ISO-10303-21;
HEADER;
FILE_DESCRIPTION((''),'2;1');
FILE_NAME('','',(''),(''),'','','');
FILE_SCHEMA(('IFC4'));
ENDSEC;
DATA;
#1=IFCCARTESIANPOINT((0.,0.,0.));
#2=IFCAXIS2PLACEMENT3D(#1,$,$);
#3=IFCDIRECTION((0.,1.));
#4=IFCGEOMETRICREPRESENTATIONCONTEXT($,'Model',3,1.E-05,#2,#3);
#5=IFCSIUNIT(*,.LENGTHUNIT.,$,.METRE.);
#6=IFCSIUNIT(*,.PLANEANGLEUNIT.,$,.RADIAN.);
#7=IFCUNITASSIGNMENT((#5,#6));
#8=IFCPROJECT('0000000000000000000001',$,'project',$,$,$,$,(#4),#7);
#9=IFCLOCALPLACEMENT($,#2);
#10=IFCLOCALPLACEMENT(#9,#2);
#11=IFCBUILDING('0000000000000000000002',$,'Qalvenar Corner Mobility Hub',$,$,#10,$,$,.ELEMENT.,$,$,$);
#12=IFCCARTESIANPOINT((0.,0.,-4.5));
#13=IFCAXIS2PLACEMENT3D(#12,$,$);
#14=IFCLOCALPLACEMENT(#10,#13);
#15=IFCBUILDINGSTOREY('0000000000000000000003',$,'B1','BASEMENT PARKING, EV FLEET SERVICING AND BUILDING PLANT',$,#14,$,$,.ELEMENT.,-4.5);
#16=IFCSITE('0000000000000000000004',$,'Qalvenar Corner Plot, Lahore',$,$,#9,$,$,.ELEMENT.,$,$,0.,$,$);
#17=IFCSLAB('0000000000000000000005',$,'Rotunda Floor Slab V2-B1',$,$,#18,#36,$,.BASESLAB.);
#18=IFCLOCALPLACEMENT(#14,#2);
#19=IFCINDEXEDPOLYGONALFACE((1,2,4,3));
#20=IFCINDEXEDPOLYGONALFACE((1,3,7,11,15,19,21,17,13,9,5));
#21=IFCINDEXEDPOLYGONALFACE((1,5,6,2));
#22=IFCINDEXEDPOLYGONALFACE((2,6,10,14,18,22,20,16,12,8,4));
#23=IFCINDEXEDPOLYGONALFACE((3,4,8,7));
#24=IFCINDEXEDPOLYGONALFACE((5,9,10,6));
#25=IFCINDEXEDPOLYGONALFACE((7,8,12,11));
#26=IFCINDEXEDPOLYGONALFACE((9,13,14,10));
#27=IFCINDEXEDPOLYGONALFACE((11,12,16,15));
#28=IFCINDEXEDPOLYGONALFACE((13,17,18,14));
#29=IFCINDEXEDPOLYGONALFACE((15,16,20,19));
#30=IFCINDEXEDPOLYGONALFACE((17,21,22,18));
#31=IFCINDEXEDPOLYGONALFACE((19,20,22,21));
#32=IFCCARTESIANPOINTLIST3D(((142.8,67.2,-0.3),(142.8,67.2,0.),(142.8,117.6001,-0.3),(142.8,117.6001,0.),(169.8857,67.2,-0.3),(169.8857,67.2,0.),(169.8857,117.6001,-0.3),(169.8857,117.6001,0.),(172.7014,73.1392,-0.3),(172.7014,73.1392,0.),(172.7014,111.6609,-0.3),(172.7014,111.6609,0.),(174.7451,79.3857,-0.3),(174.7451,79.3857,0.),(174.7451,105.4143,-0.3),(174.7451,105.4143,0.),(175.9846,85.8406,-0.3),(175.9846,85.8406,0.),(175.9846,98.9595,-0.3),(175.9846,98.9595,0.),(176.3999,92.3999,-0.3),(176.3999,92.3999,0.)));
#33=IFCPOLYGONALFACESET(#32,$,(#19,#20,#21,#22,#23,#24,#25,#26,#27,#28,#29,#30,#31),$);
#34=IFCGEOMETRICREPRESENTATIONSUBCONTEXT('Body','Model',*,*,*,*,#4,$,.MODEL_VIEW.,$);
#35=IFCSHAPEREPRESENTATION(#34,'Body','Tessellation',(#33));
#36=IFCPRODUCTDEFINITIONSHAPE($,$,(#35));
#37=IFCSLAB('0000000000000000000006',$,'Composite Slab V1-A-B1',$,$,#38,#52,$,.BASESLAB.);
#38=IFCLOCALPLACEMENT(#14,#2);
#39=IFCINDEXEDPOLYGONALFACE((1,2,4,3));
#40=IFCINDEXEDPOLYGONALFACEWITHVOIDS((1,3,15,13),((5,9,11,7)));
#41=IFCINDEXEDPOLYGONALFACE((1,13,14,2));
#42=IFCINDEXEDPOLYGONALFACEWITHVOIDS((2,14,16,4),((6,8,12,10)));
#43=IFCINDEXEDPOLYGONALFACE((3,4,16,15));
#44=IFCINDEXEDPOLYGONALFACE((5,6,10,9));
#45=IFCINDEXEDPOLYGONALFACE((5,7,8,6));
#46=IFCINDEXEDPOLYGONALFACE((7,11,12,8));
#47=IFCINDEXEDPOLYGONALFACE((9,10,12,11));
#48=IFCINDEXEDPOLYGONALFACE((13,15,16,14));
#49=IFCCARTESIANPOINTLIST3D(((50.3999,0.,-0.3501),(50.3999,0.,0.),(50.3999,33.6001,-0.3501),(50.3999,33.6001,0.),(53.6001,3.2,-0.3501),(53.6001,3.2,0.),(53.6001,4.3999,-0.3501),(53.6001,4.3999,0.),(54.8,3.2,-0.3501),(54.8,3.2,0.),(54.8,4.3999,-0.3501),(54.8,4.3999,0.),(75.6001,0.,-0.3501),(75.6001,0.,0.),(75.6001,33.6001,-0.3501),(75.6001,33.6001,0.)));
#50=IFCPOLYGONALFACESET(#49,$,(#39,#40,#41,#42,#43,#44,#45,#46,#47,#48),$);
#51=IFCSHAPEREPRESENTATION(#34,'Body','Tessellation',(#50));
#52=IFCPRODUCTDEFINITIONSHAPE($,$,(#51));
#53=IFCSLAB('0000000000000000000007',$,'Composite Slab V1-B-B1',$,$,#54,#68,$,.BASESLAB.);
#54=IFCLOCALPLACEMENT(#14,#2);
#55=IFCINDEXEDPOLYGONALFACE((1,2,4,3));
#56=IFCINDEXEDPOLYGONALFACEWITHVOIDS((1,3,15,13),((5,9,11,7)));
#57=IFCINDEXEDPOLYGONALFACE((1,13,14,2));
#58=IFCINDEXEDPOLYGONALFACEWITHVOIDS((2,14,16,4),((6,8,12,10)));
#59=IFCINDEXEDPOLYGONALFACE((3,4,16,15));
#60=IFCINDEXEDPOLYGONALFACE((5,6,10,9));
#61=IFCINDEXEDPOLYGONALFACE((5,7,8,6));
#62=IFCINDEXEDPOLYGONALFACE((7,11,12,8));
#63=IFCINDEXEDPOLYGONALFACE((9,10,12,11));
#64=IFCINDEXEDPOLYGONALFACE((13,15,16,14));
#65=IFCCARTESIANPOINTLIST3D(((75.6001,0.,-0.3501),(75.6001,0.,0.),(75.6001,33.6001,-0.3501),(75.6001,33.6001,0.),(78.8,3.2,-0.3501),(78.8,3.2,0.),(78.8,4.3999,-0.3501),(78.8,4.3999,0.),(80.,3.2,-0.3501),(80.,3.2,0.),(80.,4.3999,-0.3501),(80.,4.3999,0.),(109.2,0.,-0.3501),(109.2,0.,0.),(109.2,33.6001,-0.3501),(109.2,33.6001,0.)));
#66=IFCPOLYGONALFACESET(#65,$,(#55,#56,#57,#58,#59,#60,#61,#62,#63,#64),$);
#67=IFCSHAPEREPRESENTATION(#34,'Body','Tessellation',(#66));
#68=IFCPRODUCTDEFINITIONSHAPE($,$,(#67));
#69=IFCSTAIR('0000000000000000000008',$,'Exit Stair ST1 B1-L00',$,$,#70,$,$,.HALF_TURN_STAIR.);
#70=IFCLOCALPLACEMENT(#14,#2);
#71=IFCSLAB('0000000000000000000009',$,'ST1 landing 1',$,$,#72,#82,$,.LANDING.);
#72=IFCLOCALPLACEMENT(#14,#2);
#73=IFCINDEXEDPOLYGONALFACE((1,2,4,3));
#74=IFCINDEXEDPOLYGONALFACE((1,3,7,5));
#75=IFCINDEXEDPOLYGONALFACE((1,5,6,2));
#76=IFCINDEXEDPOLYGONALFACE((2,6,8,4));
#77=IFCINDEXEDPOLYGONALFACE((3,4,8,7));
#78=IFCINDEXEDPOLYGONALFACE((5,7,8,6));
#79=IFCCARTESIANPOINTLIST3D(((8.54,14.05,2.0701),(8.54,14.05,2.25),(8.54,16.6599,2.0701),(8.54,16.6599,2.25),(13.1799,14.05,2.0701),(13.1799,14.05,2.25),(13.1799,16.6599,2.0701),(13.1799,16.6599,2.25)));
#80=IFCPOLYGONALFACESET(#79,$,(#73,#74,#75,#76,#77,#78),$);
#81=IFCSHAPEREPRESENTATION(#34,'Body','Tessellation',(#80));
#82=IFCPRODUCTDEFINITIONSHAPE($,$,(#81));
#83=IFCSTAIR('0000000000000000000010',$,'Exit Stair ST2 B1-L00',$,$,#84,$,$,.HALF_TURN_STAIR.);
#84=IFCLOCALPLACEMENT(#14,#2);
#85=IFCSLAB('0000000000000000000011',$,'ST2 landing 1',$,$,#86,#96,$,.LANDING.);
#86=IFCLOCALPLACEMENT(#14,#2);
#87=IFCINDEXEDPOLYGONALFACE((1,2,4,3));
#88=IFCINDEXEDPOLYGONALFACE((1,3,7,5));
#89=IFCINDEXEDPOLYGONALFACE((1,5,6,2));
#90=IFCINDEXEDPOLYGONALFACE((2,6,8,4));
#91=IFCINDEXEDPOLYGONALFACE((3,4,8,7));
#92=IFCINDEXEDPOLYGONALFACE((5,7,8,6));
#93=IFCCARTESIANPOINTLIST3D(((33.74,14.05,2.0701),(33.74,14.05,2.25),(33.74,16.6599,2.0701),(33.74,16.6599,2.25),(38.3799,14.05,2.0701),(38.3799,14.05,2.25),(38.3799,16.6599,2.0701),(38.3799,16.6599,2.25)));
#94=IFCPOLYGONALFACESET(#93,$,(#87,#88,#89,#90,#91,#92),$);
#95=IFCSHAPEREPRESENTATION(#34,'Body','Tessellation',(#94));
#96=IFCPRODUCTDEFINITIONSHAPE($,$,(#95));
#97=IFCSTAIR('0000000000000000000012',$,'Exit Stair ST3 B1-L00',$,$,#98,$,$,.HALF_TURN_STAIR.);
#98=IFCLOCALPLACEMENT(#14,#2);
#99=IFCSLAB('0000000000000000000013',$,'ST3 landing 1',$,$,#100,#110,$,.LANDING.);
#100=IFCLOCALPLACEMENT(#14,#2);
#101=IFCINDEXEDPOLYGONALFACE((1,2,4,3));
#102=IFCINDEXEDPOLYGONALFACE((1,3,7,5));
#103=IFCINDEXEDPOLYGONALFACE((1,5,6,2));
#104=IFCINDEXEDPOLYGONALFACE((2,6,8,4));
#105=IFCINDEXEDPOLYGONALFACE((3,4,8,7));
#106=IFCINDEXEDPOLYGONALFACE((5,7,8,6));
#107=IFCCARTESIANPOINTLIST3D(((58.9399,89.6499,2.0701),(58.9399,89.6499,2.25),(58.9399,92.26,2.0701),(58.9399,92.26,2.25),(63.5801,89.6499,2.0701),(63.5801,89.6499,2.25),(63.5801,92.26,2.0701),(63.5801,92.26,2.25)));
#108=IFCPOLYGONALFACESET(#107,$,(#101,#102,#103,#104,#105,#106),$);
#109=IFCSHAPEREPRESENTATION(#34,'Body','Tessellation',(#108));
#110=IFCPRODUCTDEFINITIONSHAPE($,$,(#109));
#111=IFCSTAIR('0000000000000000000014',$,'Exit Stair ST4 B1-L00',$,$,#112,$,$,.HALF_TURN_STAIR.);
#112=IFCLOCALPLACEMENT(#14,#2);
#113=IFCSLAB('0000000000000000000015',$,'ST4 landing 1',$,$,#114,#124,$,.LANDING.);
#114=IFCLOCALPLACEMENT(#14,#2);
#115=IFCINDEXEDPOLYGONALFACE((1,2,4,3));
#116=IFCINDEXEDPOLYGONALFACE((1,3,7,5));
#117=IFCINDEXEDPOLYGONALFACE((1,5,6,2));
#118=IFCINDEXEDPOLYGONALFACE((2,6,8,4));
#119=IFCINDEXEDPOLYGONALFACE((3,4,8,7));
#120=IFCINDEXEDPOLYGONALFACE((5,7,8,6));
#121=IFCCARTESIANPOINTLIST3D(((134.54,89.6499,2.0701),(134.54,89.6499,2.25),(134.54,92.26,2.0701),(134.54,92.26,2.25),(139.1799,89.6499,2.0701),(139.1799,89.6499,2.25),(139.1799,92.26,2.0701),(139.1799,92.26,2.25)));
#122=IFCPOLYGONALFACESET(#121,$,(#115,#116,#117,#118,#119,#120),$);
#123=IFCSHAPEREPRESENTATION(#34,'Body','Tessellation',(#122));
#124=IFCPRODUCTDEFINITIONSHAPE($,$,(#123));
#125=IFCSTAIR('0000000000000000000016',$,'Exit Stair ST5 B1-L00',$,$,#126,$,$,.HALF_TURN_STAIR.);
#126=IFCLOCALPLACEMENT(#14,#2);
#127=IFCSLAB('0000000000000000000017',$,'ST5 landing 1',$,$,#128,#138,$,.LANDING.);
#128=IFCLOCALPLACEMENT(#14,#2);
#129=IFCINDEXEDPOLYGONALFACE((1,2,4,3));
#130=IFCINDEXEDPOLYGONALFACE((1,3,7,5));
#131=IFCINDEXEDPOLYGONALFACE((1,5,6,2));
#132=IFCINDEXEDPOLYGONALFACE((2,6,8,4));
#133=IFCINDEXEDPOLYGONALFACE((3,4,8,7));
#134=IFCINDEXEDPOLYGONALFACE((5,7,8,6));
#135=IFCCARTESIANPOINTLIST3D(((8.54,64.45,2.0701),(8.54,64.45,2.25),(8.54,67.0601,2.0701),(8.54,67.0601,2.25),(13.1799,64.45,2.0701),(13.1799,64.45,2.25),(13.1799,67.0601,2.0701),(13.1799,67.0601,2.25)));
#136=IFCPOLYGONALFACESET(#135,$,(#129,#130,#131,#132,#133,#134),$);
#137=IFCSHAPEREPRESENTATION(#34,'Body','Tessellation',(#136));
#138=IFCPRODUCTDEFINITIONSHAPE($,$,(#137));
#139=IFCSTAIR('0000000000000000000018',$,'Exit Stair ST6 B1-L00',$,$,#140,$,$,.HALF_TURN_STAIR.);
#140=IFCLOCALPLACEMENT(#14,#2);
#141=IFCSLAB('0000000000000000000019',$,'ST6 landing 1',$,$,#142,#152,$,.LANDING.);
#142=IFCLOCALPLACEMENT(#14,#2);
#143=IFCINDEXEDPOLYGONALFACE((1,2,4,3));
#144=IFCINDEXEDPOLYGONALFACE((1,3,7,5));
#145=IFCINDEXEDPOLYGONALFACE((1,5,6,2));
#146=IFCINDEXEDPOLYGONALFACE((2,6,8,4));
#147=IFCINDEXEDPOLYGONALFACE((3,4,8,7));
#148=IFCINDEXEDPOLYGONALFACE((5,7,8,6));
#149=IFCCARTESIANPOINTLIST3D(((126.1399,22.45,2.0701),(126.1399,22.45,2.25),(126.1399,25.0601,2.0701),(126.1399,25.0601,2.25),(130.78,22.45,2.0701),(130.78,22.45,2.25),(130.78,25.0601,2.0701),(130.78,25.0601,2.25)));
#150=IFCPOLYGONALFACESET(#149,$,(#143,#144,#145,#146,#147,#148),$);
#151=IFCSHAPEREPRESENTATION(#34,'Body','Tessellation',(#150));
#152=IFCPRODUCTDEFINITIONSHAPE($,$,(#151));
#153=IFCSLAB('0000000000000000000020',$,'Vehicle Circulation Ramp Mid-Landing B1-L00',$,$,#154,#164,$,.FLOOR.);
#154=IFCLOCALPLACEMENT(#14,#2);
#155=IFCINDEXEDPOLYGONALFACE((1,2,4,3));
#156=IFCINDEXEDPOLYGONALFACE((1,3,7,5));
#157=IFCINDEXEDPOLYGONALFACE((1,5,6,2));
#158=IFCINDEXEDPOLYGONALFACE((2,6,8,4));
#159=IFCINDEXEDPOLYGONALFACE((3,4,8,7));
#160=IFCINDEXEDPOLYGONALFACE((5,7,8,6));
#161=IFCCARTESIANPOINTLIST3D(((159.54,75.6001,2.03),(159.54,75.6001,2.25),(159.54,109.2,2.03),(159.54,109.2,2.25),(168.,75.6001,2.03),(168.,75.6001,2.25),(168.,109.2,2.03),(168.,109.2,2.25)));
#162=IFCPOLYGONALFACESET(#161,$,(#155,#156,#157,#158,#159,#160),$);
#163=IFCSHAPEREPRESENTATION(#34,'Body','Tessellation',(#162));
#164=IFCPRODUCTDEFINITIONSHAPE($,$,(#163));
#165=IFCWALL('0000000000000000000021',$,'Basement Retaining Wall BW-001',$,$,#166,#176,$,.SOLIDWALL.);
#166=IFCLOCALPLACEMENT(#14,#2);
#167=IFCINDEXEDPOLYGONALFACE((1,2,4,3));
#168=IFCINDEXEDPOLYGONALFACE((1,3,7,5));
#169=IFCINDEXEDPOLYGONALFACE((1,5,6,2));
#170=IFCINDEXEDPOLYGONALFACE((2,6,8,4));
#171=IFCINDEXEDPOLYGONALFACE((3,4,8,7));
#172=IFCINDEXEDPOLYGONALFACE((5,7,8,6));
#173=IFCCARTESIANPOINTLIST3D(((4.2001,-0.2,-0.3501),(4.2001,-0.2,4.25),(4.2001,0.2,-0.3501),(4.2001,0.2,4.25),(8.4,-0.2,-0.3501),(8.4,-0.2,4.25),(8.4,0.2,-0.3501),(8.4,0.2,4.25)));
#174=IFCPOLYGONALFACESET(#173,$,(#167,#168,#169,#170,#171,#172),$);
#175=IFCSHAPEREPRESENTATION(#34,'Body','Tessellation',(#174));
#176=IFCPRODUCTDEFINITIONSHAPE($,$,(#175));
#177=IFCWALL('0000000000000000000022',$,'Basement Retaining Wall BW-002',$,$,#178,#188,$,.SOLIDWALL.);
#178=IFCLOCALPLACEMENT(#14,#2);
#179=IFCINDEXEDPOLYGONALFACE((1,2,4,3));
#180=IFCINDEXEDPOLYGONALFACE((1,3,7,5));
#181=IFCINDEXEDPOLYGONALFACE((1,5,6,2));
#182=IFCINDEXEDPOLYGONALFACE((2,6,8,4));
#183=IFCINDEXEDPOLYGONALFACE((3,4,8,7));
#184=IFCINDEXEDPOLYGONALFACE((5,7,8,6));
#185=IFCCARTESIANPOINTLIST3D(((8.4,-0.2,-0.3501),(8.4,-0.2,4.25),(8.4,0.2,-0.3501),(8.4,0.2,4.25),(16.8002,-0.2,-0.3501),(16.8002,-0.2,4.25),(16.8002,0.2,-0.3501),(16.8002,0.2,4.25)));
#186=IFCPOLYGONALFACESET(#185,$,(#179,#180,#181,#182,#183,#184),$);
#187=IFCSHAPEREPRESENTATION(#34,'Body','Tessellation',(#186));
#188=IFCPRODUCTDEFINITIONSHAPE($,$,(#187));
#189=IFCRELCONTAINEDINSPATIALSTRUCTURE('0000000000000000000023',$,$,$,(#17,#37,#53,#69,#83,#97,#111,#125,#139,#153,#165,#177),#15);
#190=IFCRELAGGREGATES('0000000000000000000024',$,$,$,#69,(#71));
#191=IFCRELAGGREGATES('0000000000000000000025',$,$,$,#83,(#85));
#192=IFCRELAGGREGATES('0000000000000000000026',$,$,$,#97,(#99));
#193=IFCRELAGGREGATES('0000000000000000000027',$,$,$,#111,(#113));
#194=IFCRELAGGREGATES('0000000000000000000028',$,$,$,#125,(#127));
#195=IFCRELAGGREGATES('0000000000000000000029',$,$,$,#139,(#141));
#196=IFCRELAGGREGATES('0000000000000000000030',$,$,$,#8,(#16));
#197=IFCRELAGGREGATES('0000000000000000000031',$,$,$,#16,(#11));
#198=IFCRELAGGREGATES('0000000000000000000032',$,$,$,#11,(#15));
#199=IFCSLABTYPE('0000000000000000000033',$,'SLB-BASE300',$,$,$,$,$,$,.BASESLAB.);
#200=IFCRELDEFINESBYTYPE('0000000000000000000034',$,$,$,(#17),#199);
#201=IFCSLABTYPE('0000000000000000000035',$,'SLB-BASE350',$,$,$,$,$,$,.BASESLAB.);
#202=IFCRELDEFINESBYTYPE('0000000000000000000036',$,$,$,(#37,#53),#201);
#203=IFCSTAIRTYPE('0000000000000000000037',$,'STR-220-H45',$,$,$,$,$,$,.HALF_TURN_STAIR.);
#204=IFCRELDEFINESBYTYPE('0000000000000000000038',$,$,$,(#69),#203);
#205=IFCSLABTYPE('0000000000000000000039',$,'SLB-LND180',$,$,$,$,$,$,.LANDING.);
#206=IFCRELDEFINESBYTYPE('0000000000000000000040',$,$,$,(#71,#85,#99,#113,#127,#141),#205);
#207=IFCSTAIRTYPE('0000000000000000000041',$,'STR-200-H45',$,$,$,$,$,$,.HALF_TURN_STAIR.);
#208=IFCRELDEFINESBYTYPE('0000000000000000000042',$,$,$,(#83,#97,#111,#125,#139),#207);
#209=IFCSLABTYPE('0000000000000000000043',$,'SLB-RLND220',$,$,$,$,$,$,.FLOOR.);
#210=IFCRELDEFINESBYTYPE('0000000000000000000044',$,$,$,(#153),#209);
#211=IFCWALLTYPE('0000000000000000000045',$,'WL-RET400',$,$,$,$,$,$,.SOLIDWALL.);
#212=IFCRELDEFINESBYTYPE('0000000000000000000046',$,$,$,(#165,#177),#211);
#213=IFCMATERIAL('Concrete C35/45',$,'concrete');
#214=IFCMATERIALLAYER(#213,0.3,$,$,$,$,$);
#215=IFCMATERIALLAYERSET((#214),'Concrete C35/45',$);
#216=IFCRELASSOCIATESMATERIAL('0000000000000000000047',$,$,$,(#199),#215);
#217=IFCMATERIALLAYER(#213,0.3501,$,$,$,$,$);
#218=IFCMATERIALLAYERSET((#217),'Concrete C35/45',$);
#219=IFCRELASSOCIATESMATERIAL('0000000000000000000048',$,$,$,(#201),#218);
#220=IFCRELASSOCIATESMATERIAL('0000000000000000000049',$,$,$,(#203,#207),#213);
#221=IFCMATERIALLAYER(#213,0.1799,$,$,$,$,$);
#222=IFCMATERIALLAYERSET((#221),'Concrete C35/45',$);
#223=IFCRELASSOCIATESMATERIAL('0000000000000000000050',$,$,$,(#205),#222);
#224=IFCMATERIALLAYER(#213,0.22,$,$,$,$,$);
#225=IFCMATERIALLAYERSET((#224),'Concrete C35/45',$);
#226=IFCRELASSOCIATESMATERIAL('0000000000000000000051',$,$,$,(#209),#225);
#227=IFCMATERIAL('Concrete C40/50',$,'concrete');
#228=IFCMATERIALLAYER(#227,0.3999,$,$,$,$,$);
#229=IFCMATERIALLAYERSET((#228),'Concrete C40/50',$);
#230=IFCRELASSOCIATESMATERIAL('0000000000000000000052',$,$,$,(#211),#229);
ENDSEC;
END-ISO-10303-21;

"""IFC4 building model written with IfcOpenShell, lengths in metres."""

from ifc_helpers import new_model, si_unit, direction, frame, frame_2d, origin, place, context, subcontext, project, spatial, polyline, rectangle, outline, extrude, material, layer, layer_set, type_object, element, aggregate, save


model = new_model("IFC4")

# Units and contexts
model_context = context("Model", 3, precision=1e-05, world=origin(), true_north=direction((0.0, 1.0)))
body_context = subcontext(model_context, "Body", "Model", "MODEL_VIEW")
ifc_project = project(units=[si_unit("LENGTHUNIT", "METRE"), si_unit("PLANEANGLEUNIT", "RADIAN")], contexts=[model_context])

# Site, building, storey
site_placement = place(None, origin())
site = spatial("IfcSite", under=ifc_project, at=site_placement, Name="Qalvenar Corner Plot, Lahore", CompositionType="ELEMENT", RefElevation=0.0)
building_placement = place(site_placement, origin())
building = spatial("IfcBuilding", under=site, at=building_placement, Name="Qalvenar Corner Mobility Hub", CompositionType="ELEMENT")
storey_placement = place(building_placement, frame((0.0, 0.0, -4.5)))
storey = spatial("IfcBuildingStorey", under=building, at=storey_placement, Name="B1", Description="BASEMENT PARKING, EV FLEET SERVICING AND BUILDING PLANT", CompositionType="ELEMENT", Elevation=-4.5)

# Shared definitions
ifc_material_1 = material(Name="Concrete C40/50", Category="concrete")

# Slabs
ifc_material_2 = material(Name="Concrete C35/45", Category="concrete")
ifc_layer_1 = layer(ifc_material_2, 0.3)
ifc_layer_set_1 = layer_set([ifc_layer_1], Name="Concrete C35/45")
slab_type_1 = type_object("IfcSlabType", Name="SLB-BASE300", PredefinedType="BASESLAB", material=ifc_layer_set_1)
slab_1_placement = place(storey_placement, frame((0.0, 0.0, -0.3)))
element("IfcSlab", 1, at=slab_1_placement, inside=storey, type_object=slab_type_1, Name="Rotunda Floor Slab V2-B1", PredefinedType="BASESLAB", context=body_context, shape_type="SweptSolid", body=[
    extrude(outline(polyline([(142.8, 67.2), (169.8857, 67.2), (172.7014, 73.1392), (174.7451, 79.3857), (175.9846, 85.8406), (176.3999, 92.3999), (175.9846, 98.9595), (174.7451, 105.4143), (172.7014, 111.6609), (169.8857, 117.6001), (142.8, 117.6001), (142.8, 67.2)])), origin(), (0.0, 0.0, 1.0), 0.3),
])
ifc_layer_2 = layer(ifc_material_2, 0.3501)
ifc_layer_set_2 = layer_set([ifc_layer_2], Name="Concrete C35/45")
slab_type_2 = type_object("IfcSlabType", Name="SLB-BASE350", PredefinedType="BASESLAB", material=ifc_layer_set_2)
slab_2_placement = place(storey_placement, frame((0.0, 0.0, -0.3501)))
element("IfcSlab", 2, at=slab_2_placement, inside=storey, type_object=slab_type_2, Name="Composite Slab V1-A-B1", PredefinedType="BASESLAB", context=body_context, shape_type="SweptSolid", body=[
    extrude(outline(polyline([(50.3999, 0.0), (75.6001, 0.0), (75.6001, 33.6001), (50.3999, 33.6001), (50.3999, 0.0)]), holes=[polyline([(53.6001, 3.2), (54.8, 3.2), (54.8, 4.3999), (53.6001, 4.3999), (53.6001, 3.2)])]), origin(), (0.0, 0.0, 1.0), 0.3501),
])
slab_3_placement = place(storey_placement, frame((0.0, 0.0, -0.3501)))
element("IfcSlab", 3, at=slab_3_placement, inside=storey, type_object=slab_type_2, Name="Composite Slab V1-B-B1", PredefinedType="BASESLAB", context=body_context, shape_type="SweptSolid", body=[
    extrude(outline(polyline([(75.6001, 0.0), (109.2, 0.0), (109.2, 33.6001), (75.6001, 33.6001), (75.6001, 0.0)]), holes=[polyline([(78.8, 3.2), (80.0, 3.2), (80.0, 4.3999), (78.8, 4.3999), (78.8, 3.2)])]), origin(), (0.0, 0.0, 1.0), 0.3501),
])

# Stairs, slabs
stair_type_1 = type_object("IfcStairType", Name="STR-220-H45", PredefinedType="HALF_TURN_STAIR", material=ifc_material_2)
stair_1_placement = place(storey_placement, origin())
stair_1 = element("IfcStair", 4, at=stair_1_placement, inside=storey, type_object=stair_type_1, Name="Exit Stair ST1 B1-L00", PredefinedType="HALF_TURN_STAIR")
ifc_layer_3 = layer(ifc_material_2, 0.1799)
ifc_layer_set_3 = layer_set([ifc_layer_3], Name="Concrete C35/45")
slab_type_3 = type_object("IfcSlabType", Name="SLB-LND180", PredefinedType="LANDING", material=ifc_layer_set_3)
slab_4_placement = place(storey_placement, frame((0.0, 0.0, 2.0701)))
slab_4 = element("IfcSlab", 5, at=slab_4_placement, type_object=slab_type_3, Name="ST1 landing 1", PredefinedType="LANDING", context=body_context, shape_type="SweptSolid", body=[
    extrude(outline(polyline([(8.54, 14.05), (13.1799, 14.05), (13.1799, 16.6599), (8.54, 16.6599), (8.54, 14.05)])), origin(), (0.0, 0.0, 1.0), 0.1799),
])
aggregate(stair_1, [slab_4])
stair_type_2 = type_object("IfcStairType", Name="STR-200-H45", PredefinedType="HALF_TURN_STAIR", material=ifc_material_2)
stair_2_placement = place(storey_placement, origin())
stair_2 = element("IfcStair", 6, at=stair_2_placement, inside=storey, type_object=stair_type_2, Name="Exit Stair ST2 B1-L00", PredefinedType="HALF_TURN_STAIR")
slab_5_placement = place(storey_placement, frame((0.0, 0.0, 2.0701)))
slab_5 = element("IfcSlab", 7, at=slab_5_placement, type_object=slab_type_3, Name="ST2 landing 1", PredefinedType="LANDING", context=body_context, shape_type="SweptSolid", body=[
    extrude(outline(polyline([(33.74, 14.05), (38.3799, 14.05), (38.3799, 16.6599), (33.74, 16.6599), (33.74, 14.05)])), origin(), (0.0, 0.0, 1.0), 0.1799),
])
aggregate(stair_2, [slab_5])
stair_3_placement = place(storey_placement, origin())
stair_3 = element("IfcStair", 8, at=stair_3_placement, inside=storey, type_object=stair_type_2, Name="Exit Stair ST3 B1-L00", PredefinedType="HALF_TURN_STAIR")
slab_6_placement = place(storey_placement, frame((0.0, 0.0, 2.0701)))
slab_6 = element("IfcSlab", 9, at=slab_6_placement, type_object=slab_type_3, Name="ST3 landing 1", PredefinedType="LANDING", context=body_context, shape_type="SweptSolid", body=[
    extrude(outline(polyline([(58.9399, 89.6499), (63.5801, 89.6499), (63.5801, 92.26), (58.9399, 92.26), (58.9399, 89.6499)])), origin(), (0.0, 0.0, 1.0), 0.1799),
])
aggregate(stair_3, [slab_6])
stair_4_placement = place(storey_placement, origin())
stair_4 = element("IfcStair", 10, at=stair_4_placement, inside=storey, type_object=stair_type_2, Name="Exit Stair ST4 B1-L00", PredefinedType="HALF_TURN_STAIR")
slab_7_placement = place(storey_placement, frame((0.0, 0.0, 2.0701)))
slab_7 = element("IfcSlab", 11, at=slab_7_placement, type_object=slab_type_3, Name="ST4 landing 1", PredefinedType="LANDING", context=body_context, shape_type="SweptSolid", body=[
    extrude(outline(polyline([(134.54, 89.6499), (139.1799, 89.6499), (139.1799, 92.26), (134.54, 92.26), (134.54, 89.6499)])), origin(), (0.0, 0.0, 1.0), 0.1799),
])
aggregate(stair_4, [slab_7])
stair_5_placement = place(storey_placement, origin())
stair_5 = element("IfcStair", 12, at=stair_5_placement, inside=storey, type_object=stair_type_2, Name="Exit Stair ST5 B1-L00", PredefinedType="HALF_TURN_STAIR")
slab_8_placement = place(storey_placement, frame((0.0, 0.0, 2.0701)))
slab_8 = element("IfcSlab", 13, at=slab_8_placement, type_object=slab_type_3, Name="ST5 landing 1", PredefinedType="LANDING", context=body_context, shape_type="SweptSolid", body=[
    extrude(outline(polyline([(8.54, 64.45), (13.1799, 64.45), (13.1799, 67.0601), (8.54, 67.0601), (8.54, 64.45)])), origin(), (0.0, 0.0, 1.0), 0.1799),
])
aggregate(stair_5, [slab_8])
stair_6_placement = place(storey_placement, origin())
stair_6 = element("IfcStair", 14, at=stair_6_placement, inside=storey, type_object=stair_type_2, Name="Exit Stair ST6 B1-L00", PredefinedType="HALF_TURN_STAIR")
slab_9_placement = place(storey_placement, frame((0.0, 0.0, 2.0701)))
slab_9 = element("IfcSlab", 15, at=slab_9_placement, type_object=slab_type_3, Name="ST6 landing 1", PredefinedType="LANDING", context=body_context, shape_type="SweptSolid", body=[
    extrude(outline(polyline([(126.1399, 22.45), (130.78, 22.45), (130.78, 25.0601), (126.1399, 25.0601), (126.1399, 22.45)])), origin(), (0.0, 0.0, 1.0), 0.1799),
])
aggregate(stair_6, [slab_9])

# Slab
ifc_layer_4 = layer(ifc_material_2, 0.22)
ifc_layer_set_4 = layer_set([ifc_layer_4], Name="Concrete C35/45")
slab_type_4 = type_object("IfcSlabType", Name="SLB-RLND220", PredefinedType="FLOOR", material=ifc_layer_set_4)
slab_10_placement = place(storey_placement, frame((0.0, 0.0, 2.03)))
element("IfcSlab", 16, at=slab_10_placement, inside=storey, type_object=slab_type_4, Name="Vehicle Circulation Ramp Mid-Landing B1-L00", PredefinedType="FLOOR", context=body_context, shape_type="SweptSolid", body=[
    extrude(outline(polyline([(159.54, 75.6001), (168.0, 75.6001), (168.0, 109.2), (159.54, 109.2), (159.54, 75.6001)])), origin(), (0.0, 0.0, 1.0), 0.22),
])

# Walls
ifc_layer_5 = layer(ifc_material_1, 0.3999)
ifc_layer_set_5 = layer_set([ifc_layer_5], Name="Concrete C40/50")
wall_type = type_object("IfcWallType", Name="WL-RET400", PredefinedType="SOLIDWALL", material=ifc_layer_set_5)
wall_1_placement = place(storey_placement, frame((4.2, 0.0, -0.3501), z_axis=(0.0, 0.0, 1.0), x_axis=(1.0, 0.0, 0.0)))
element("IfcWall", 17, at=wall_1_placement, inside=storey, type_object=wall_type, Name="Basement Retaining Wall BW-001", PredefinedType="SOLIDWALL", context=body_context, shape_type="SweptSolid", body=[
    extrude(rectangle(XDim=4.2, YDim=0.3999, at=frame_2d((2.1001, 0.0))), origin(), (0.0, 0.0, 1.0), 4.6001),
])
wall_2_placement = place(storey_placement, frame((8.3999, 0.0, -0.3501), z_axis=(0.0, 0.0, 1.0), x_axis=(1.0, 0.0, 0.0)))
element("IfcWall", 18, at=wall_2_placement, inside=storey, type_object=wall_type, Name="Basement Retaining Wall BW-002", PredefinedType="SOLIDWALL", context=body_context, shape_type="SweptSolid", body=[
    extrude(rectangle(XDim=8.4001, YDim=0.3999, at=frame_2d((4.2002, 0.0))), origin(), (0.0, 0.0, 1.0), 4.6001),
])

save(model, "model.ifc")
